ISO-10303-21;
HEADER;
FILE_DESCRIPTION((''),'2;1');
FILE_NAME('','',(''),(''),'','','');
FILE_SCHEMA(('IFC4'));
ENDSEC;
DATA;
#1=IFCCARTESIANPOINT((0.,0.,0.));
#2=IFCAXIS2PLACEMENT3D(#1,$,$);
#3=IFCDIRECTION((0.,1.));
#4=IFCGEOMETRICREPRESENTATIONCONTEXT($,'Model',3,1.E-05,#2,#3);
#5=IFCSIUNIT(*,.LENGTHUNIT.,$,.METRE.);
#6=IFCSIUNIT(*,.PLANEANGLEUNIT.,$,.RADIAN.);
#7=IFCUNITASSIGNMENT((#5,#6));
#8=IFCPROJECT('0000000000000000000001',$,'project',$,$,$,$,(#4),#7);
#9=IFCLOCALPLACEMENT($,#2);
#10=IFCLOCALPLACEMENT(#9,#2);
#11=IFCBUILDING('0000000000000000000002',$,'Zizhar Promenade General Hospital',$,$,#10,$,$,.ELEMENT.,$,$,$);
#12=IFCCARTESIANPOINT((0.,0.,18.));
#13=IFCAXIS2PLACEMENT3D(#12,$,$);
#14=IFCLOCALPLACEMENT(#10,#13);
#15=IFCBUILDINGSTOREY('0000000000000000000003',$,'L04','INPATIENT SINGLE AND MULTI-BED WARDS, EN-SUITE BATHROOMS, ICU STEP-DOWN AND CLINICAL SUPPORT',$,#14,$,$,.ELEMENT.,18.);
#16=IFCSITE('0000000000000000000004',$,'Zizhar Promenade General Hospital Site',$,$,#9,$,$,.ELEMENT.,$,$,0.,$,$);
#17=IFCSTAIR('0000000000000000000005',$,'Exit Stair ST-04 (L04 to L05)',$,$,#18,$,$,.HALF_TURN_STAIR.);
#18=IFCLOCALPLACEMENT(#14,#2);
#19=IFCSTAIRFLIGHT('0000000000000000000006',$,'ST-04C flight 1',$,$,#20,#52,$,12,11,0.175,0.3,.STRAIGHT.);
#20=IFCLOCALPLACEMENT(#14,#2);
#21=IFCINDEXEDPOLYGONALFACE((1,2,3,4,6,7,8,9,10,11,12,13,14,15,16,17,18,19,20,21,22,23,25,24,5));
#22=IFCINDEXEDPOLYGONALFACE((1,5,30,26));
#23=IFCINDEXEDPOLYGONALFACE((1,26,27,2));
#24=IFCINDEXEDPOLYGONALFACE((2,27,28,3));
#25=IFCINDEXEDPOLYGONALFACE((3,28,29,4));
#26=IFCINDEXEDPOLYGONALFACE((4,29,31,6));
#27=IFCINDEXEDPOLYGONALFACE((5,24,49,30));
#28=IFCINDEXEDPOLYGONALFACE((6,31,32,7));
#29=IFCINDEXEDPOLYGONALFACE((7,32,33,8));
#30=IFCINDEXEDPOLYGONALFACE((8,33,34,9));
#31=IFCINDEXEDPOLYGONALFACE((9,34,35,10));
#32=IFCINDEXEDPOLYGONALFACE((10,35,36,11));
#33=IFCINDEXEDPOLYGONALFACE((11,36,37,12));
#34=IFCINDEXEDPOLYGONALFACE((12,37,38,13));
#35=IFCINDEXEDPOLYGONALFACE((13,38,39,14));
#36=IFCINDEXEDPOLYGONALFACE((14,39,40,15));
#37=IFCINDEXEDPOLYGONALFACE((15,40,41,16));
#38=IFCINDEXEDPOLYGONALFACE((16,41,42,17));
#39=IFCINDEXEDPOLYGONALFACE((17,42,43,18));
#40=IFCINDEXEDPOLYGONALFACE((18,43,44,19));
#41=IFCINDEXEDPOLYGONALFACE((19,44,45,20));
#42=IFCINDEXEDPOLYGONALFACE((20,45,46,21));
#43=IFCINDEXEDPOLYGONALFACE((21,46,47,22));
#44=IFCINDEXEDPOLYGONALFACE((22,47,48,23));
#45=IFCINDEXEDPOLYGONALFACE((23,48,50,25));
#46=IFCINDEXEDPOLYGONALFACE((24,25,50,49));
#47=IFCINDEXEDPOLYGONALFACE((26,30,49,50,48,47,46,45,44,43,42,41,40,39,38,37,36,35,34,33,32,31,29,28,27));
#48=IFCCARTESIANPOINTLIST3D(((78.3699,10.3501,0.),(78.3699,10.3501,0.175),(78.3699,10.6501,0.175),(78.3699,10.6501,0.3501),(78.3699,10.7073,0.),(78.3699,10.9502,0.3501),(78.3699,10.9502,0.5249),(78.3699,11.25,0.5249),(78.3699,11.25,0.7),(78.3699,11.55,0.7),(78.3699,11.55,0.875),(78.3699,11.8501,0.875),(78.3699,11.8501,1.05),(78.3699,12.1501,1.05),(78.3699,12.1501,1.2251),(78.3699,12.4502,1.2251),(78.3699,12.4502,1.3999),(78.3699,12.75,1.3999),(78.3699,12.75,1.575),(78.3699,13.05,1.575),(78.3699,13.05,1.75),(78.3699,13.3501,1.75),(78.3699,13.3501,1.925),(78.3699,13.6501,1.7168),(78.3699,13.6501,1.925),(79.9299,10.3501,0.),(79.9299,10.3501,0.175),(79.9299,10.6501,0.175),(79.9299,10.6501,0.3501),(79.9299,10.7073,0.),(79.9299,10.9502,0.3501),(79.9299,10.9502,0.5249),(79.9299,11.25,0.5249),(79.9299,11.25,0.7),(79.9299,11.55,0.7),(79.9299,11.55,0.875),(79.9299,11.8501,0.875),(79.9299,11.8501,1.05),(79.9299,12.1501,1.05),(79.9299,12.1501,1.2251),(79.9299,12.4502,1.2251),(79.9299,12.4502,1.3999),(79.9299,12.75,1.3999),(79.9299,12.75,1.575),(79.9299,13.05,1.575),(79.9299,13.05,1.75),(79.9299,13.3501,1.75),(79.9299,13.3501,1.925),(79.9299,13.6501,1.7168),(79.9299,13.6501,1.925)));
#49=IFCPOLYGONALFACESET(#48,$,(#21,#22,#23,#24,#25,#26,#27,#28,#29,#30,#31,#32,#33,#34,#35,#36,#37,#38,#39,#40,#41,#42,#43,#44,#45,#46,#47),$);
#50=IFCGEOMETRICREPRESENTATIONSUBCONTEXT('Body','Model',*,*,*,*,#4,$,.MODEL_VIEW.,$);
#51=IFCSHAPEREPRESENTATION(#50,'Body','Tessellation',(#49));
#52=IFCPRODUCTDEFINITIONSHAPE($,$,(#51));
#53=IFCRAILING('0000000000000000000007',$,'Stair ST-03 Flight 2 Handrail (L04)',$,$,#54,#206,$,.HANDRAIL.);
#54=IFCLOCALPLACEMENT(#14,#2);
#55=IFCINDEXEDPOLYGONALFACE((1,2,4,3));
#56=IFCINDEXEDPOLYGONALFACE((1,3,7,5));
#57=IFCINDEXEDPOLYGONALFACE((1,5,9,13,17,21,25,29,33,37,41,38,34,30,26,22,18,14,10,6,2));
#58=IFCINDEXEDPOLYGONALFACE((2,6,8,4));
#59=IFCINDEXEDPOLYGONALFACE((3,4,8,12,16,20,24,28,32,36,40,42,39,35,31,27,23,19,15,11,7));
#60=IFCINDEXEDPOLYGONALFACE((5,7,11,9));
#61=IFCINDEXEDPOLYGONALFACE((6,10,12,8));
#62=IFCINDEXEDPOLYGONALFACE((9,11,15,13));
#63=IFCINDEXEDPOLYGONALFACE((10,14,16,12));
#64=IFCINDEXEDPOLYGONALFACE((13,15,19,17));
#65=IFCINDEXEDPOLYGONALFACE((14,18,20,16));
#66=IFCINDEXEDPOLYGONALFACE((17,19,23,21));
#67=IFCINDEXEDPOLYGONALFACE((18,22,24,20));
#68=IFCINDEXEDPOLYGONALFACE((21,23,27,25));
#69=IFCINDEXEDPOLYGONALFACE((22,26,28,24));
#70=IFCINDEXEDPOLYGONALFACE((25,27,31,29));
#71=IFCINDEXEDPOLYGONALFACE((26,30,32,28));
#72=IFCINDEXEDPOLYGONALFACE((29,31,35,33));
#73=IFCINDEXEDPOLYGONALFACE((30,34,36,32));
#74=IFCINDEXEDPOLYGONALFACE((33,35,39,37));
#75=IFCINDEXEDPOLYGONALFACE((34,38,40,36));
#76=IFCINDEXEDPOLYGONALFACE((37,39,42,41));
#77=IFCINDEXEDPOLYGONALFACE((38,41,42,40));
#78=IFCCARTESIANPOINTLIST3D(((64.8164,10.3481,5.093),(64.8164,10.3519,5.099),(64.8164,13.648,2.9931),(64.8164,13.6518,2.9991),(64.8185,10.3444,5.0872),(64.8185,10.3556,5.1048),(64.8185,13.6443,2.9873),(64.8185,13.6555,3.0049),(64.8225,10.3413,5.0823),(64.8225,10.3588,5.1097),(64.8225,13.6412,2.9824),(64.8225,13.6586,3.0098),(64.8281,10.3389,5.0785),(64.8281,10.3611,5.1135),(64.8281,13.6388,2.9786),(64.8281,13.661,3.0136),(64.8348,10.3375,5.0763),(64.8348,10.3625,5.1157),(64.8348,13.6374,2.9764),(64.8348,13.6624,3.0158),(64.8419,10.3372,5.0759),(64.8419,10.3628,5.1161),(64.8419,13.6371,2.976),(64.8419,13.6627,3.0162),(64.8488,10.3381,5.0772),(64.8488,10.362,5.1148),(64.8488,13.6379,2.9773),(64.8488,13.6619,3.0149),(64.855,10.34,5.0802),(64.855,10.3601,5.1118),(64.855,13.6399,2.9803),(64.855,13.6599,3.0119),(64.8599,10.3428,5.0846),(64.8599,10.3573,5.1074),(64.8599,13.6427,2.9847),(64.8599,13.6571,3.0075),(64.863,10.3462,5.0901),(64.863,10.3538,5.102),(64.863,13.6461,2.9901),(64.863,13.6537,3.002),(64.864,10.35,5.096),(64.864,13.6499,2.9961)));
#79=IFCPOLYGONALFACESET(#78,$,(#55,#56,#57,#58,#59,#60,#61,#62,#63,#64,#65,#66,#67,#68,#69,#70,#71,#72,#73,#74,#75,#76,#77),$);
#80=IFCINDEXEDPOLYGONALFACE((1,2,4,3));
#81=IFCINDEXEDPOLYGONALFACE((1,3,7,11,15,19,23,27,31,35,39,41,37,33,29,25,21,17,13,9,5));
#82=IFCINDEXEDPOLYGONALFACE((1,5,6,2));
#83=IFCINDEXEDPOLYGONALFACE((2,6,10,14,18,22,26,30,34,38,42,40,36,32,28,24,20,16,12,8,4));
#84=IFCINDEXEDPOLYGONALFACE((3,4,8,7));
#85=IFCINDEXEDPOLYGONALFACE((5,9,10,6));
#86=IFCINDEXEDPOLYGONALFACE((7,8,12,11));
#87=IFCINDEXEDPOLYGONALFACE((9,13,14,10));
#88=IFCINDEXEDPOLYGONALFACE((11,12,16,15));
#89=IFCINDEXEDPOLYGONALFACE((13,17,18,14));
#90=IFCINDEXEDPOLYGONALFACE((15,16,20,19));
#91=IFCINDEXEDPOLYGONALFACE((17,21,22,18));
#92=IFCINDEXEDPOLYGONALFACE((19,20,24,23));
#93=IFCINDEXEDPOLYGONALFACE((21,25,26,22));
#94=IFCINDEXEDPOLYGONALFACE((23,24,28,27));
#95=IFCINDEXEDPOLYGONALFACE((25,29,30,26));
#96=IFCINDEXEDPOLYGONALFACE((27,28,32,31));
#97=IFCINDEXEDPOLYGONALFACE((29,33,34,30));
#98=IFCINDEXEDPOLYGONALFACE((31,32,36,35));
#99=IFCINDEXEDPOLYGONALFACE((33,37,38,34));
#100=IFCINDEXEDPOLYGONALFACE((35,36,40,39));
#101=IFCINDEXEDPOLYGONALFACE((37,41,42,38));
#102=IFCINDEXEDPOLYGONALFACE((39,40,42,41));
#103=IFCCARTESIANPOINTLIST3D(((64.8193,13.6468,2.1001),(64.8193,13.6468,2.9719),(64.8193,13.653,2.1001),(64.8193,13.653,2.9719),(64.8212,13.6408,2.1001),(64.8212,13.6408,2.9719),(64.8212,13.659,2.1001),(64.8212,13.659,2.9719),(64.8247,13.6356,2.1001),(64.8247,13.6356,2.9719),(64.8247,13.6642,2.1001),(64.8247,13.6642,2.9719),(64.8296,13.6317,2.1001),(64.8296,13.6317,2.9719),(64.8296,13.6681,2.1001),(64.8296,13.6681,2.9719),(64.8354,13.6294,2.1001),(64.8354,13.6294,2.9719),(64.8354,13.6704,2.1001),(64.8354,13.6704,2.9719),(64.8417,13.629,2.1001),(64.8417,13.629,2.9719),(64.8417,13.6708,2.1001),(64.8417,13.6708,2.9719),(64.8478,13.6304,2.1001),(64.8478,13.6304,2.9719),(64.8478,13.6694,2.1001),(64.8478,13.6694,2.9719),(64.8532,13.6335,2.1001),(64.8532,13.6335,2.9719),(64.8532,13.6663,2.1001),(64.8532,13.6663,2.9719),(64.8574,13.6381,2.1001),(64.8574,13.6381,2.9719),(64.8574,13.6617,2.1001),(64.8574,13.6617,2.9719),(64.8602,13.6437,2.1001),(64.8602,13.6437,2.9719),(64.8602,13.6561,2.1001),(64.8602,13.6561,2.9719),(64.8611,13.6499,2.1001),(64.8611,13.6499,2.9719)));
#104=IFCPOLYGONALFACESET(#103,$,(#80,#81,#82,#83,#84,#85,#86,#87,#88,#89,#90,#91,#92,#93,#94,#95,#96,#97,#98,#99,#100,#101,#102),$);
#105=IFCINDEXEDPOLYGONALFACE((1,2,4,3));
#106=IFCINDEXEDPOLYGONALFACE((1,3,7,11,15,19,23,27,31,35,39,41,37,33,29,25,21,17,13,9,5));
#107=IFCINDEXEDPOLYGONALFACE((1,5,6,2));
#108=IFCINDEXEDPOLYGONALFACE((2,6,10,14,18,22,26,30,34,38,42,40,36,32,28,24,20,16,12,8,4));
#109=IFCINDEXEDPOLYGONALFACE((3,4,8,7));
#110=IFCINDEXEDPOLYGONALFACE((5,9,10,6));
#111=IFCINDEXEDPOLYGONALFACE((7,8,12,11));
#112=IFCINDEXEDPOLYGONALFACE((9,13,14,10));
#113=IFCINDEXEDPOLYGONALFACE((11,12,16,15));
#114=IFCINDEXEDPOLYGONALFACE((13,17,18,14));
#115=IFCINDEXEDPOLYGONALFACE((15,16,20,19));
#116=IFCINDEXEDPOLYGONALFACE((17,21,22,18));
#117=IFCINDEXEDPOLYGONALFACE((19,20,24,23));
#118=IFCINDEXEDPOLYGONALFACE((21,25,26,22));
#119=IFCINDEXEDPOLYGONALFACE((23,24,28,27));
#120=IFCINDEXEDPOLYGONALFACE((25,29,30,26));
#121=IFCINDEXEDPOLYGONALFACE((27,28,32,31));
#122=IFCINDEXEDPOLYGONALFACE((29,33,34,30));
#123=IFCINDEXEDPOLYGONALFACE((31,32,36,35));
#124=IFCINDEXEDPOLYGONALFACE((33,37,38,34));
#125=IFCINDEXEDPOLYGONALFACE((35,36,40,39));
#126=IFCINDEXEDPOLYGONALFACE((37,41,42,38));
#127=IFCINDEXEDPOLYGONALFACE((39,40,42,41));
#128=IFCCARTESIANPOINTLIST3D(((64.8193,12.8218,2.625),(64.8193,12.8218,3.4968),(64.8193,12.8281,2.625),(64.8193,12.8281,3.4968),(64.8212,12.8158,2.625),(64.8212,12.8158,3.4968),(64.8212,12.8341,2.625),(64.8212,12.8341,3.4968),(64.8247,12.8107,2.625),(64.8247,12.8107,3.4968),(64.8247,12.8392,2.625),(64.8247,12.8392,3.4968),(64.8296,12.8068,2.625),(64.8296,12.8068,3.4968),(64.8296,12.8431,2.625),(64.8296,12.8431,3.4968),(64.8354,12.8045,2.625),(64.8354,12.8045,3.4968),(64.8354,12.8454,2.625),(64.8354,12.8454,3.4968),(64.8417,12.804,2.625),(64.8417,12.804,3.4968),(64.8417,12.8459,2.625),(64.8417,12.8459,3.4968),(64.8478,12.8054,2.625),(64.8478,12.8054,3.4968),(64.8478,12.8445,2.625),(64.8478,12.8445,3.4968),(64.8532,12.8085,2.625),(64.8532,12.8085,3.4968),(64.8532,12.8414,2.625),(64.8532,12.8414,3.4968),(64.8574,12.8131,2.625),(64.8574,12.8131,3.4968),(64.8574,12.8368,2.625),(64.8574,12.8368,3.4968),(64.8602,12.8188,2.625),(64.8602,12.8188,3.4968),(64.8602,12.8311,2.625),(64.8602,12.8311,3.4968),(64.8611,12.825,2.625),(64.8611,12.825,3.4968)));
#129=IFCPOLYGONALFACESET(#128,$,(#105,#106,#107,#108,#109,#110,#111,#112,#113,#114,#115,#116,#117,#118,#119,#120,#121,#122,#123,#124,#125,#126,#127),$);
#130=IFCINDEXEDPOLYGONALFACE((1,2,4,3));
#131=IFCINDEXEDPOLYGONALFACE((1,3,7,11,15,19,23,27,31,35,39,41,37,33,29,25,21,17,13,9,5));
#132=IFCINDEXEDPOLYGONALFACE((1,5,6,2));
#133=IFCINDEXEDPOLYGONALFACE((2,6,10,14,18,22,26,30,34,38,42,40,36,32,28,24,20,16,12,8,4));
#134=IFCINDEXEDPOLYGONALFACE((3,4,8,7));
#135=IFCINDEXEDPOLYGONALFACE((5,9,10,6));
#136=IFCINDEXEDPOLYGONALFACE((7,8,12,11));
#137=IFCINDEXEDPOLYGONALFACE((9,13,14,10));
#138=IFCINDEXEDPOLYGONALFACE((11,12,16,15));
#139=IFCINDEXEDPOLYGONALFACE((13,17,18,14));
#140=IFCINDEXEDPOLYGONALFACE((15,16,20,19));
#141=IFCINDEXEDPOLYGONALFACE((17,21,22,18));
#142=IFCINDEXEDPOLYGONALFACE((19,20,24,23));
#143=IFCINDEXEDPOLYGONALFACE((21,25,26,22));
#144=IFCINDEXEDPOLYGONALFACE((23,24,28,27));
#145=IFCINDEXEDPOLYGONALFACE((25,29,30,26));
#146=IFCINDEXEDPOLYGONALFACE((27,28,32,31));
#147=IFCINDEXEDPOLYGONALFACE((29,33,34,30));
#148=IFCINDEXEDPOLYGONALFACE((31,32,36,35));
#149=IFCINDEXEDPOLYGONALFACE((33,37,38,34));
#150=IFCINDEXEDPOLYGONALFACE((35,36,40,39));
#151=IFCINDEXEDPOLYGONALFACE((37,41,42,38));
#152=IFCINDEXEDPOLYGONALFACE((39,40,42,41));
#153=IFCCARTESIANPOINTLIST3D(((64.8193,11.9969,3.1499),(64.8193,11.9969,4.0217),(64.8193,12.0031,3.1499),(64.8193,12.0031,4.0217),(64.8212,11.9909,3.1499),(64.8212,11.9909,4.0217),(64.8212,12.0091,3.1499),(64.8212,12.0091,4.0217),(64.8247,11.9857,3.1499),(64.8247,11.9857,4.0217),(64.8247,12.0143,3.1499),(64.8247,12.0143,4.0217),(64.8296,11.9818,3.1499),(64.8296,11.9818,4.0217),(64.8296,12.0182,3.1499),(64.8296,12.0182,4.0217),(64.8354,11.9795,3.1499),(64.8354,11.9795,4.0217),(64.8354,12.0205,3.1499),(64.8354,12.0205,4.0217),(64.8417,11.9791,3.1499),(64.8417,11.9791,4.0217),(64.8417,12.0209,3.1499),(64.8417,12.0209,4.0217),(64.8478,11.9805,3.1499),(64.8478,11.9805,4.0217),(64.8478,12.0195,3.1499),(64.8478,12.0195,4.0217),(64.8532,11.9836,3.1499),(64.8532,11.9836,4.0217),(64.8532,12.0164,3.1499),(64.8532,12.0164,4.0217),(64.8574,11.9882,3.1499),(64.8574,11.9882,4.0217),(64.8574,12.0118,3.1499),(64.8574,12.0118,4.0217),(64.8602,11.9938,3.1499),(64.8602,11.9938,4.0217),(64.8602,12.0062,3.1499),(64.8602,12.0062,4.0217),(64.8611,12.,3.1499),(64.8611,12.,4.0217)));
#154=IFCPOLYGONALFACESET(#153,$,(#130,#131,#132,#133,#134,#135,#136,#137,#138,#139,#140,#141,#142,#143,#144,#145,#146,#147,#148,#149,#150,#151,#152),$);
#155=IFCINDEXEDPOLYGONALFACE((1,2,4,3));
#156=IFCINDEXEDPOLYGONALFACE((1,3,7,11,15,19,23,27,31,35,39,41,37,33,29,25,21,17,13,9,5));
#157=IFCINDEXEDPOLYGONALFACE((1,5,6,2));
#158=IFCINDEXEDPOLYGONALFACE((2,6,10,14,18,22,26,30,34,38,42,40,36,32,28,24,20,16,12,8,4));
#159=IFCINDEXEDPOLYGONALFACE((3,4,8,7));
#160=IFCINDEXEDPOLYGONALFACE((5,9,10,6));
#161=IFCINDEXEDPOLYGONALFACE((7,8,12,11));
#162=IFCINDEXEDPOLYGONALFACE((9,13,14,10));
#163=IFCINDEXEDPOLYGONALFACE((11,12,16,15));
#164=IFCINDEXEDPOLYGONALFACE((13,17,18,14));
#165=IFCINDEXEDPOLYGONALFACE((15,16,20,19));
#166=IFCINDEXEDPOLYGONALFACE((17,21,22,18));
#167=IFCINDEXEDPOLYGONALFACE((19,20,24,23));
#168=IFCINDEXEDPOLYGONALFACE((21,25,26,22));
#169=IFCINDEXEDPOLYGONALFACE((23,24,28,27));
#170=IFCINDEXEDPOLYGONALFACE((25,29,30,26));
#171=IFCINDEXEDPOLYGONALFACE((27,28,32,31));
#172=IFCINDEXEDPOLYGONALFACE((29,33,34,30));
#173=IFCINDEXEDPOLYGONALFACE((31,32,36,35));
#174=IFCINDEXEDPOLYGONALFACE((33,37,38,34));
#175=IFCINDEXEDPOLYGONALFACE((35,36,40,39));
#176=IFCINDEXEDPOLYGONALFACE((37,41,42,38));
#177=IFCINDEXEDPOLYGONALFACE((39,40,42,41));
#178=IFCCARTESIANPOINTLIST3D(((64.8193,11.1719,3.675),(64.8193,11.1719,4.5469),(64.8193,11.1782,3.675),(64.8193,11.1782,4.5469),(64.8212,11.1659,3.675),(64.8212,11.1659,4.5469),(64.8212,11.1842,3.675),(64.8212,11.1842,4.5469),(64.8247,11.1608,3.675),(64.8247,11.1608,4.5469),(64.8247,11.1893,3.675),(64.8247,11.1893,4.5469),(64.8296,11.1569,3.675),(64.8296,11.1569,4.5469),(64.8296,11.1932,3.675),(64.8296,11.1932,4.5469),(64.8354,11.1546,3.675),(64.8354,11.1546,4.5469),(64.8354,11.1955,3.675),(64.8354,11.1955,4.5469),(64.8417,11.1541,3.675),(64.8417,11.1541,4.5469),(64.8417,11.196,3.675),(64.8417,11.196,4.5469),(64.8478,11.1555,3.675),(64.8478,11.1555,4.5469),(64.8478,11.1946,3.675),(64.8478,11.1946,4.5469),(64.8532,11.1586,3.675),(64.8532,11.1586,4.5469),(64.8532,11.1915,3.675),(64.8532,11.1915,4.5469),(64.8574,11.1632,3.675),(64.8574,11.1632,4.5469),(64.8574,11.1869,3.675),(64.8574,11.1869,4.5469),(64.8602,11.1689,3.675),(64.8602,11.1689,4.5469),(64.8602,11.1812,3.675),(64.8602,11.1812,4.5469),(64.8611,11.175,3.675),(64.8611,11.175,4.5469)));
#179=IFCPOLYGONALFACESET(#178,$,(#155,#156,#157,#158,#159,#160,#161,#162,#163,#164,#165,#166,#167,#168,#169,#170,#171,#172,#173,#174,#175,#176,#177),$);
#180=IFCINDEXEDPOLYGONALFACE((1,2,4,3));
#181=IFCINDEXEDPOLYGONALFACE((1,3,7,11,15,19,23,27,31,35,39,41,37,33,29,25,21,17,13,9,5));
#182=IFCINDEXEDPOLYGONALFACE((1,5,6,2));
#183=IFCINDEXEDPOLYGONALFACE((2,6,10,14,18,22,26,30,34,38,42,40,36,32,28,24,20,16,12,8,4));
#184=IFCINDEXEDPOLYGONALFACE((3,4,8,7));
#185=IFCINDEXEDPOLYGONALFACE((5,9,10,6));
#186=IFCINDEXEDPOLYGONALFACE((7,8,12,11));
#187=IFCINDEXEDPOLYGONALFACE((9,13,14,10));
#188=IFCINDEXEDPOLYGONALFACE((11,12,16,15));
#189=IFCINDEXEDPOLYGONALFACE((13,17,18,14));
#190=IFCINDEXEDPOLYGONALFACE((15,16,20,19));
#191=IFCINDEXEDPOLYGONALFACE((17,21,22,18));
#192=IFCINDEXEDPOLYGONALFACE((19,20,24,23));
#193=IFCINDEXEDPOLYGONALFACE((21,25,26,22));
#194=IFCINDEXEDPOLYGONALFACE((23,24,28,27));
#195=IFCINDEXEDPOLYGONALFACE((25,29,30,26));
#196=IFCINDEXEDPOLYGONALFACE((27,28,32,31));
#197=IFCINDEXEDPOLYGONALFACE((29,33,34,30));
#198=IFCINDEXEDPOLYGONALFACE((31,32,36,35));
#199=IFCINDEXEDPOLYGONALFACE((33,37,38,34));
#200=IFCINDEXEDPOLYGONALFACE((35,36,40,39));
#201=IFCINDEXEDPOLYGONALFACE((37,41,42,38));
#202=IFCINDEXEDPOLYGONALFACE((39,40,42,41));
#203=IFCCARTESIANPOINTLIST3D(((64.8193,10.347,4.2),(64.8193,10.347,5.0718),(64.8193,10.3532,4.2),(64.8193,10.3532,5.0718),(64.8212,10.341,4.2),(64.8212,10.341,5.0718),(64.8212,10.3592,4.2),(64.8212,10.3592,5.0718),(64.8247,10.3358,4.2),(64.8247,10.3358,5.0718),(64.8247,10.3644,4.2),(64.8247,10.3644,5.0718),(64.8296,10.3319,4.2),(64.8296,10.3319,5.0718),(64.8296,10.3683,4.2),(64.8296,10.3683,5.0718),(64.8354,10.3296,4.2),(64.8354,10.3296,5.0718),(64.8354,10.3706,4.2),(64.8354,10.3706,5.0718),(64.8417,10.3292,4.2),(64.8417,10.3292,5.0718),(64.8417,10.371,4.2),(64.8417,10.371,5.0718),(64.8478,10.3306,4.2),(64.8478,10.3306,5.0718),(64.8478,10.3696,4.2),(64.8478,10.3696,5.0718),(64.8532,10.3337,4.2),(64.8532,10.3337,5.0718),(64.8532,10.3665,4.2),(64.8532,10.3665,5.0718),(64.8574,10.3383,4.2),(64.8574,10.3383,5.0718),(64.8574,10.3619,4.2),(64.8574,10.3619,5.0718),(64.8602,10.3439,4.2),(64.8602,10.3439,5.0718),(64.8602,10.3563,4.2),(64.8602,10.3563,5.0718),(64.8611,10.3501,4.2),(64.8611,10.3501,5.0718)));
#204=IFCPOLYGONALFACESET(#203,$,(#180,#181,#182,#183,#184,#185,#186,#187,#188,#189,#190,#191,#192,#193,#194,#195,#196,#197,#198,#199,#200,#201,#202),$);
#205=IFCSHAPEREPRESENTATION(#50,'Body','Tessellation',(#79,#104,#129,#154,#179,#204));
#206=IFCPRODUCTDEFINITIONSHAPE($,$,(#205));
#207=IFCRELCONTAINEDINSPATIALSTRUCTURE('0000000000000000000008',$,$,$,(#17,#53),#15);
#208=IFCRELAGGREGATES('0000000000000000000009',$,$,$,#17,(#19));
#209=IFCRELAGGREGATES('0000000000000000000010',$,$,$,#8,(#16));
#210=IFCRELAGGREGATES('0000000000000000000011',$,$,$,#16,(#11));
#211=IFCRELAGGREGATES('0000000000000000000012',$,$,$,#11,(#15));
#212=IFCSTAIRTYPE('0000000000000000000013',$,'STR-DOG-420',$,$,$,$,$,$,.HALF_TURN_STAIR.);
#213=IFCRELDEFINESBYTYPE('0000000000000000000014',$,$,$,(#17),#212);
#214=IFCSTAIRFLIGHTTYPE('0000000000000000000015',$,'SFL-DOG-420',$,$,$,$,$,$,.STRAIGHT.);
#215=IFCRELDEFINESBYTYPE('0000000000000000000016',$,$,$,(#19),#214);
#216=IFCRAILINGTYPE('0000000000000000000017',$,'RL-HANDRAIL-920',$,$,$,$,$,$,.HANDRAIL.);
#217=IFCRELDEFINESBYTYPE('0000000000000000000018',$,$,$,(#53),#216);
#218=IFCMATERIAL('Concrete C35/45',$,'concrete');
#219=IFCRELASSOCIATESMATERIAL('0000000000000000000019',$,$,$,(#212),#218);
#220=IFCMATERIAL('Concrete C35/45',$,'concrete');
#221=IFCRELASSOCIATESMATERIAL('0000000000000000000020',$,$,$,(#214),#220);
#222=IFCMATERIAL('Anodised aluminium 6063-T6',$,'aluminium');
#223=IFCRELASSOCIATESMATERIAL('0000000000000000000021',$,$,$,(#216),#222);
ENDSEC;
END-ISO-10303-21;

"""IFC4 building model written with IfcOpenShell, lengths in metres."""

from ifc_helpers import new_model, si_unit, direction, frame, origin, origin_2d, place, context, subcontext, project, spatial, polyline, circle, hollow_circle, outline, extrude, material, material_profile, profile_set, type_object, element, aggregate, save


model = new_model("IFC4")

# Units and contexts
model_context = context("Model", 3, precision=1e-05, world=origin(), true_north=direction((0.0, 1.0)))
body_context = subcontext(model_context, "Body", "Model", "MODEL_VIEW")
ifc_project = project(units=[si_unit("LENGTHUNIT", "METRE"), si_unit("PLANEANGLEUNIT", "RADIAN")], contexts=[model_context])

# Site, building, storey
site_placement = place(None, origin())
site = spatial("IfcSite", under=ifc_project, at=site_placement, Name="Zizhar Promenade General Hospital Site", CompositionType="ELEMENT", RefElevation=0.0)
building_placement = place(site_placement, origin())
building = spatial("IfcBuilding", under=site, at=building_placement, Name="Zizhar Promenade General Hospital", CompositionType="ELEMENT")
storey_placement = place(building_placement, frame((0.0, 0.0, 18.0)))
storey = spatial("IfcBuildingStorey", under=building, at=storey_placement, Name="L04", Description="INPATIENT SINGLE AND MULTI-BED WARDS, EN-SUITE BATHROOMS, ICU STEP-DOWN AND CLINICAL SUPPORT", CompositionType="ELEMENT", Elevation=18.0)

# Stair, stair flight
ifc_material_1 = material(Name="Concrete C35/45", Category="concrete")
stair_type = type_object("IfcStairType", Name="STR-DOG-420", PredefinedType="HALF_TURN_STAIR", material=ifc_material_1)
ifc_material_2 = material(Name="Concrete C35/45", Category="concrete")
stair_flight_type = type_object("IfcStairFlightType", Name="SFL-DOG-420", PredefinedType="STRAIGHT", material=ifc_material_2)
stair_1_placement = place(storey_placement, origin())
stair_1 = element("IfcStair", 1, at=stair_1_placement, inside=storey, type_object=stair_type, Name="Exit Stair ST-04 (L04 to L05)", PredefinedType="HALF_TURN_STAIR")
stair_flight_1_placement = place(storey_placement, frame((79.1499, 10.3501, 0.0), z_axis=(0.0, 0.0, 1.0), x_axis=(0.0, 1.0, 0.0)))
stair_flight_1 = element("IfcStairFlight", 2, at=stair_flight_1_placement, type_object=stair_flight_type, Name="ST-04C flight 1", NumberOfRisers=12, NumberOfTreads=11, PredefinedType="STRAIGHT", RiserHeight=0.175, TreadLength=0.3, context=body_context, shape_type="SweptSolid", body=[
    extrude(outline(polyline([(0.0, 0.0), (0.0, 0.175), (0.3, 0.175), (0.3, 0.3501), (0.6001, 0.3501), (0.6001, 0.5249), (0.8999, 0.5249), (0.8999, 0.7), (1.2, 0.7), (1.2, 0.875), (1.5, 0.875), (1.5, 1.05), (1.8, 1.05), (1.8, 1.2251), (2.1001, 1.2251), (2.1001, 1.3999), (2.3999, 1.3999), (2.3999, 1.575), (2.7, 1.575), (2.7, 1.75), (3.0, 1.75), (3.0, 1.925), (3.3, 1.925), (3.3, 2.1001), (3.3, 1.7168), (0.3572, 0.0), (0.0, 0.0)])), frame((0.0, 0.78, 0.0), z_axis=(0.0, -1.0, 0.0), x_axis=(1.0, 0.0, 0.0)), (0.0, 0.0, 1.0), 1.5601),
])
aggregate(stair_1, [stair_flight_1])

# Railing
ifc_material_3 = material(Name="Anodised aluminium 6063-T6", Category="aluminium")
ifc_material_profile_1 = material_profile(ifc_material_3, hollow_circle(Radius=0.0698, WallThickness=0.0063, at=origin_2d()))
ifc_profile_set_1 = profile_set([ifc_material_profile_1], Name="Anodised aluminium 6063-T6")
railing_type = type_object("IfcRailingType", Name="RL-HANDRAIL-920", PredefinedType="HANDRAIL", material=ifc_profile_set_1)
railing_placement = place(storey_placement, frame((64.8401, 13.6499, 2.1001)))
element("IfcRailing", 3, at=railing_placement, inside=storey, type_object=railing_type, Name="Stair ST-03 Flight 2 Handrail (L04)", PredefinedType="HANDRAIL", context=body_context, shape_type="SweptSolid", body=[
    extrude(circle(Radius=0.0239, at=origin_2d()), frame((0.0, 0.0, 0.896), z_axis=(0.0, -0.843664, 0.536871), x_axis=(1.0, 0.0, 0.0)), (0.0, 0.0, 1.0), 3.9114),
    extrude(circle(Radius=0.021, at=origin_2d()), origin(), (0.0, 0.0, 1.0), 0.8718),
    extrude(circle(Radius=0.021, at=origin_2d()), frame((0.0, -0.825, 0.5249)), (0.0, 0.0, 1.0), 0.8718),
    extrude(circle(Radius=0.021, at=origin_2d()), frame((0.0, -1.6499, 1.0498)), (0.0, 0.0, 1.0), 0.8718),
    extrude(circle(Radius=0.021, at=origin_2d()), frame((0.0, -2.4749, 1.575)), (0.0, 0.0, 1.0), 0.8718),
    extrude(circle(Radius=0.021, at=origin_2d()), frame((0.0, -3.2998, 2.0999)), (0.0, 0.0, 1.0), 0.8718),
])

save(model, "model.ifc")
